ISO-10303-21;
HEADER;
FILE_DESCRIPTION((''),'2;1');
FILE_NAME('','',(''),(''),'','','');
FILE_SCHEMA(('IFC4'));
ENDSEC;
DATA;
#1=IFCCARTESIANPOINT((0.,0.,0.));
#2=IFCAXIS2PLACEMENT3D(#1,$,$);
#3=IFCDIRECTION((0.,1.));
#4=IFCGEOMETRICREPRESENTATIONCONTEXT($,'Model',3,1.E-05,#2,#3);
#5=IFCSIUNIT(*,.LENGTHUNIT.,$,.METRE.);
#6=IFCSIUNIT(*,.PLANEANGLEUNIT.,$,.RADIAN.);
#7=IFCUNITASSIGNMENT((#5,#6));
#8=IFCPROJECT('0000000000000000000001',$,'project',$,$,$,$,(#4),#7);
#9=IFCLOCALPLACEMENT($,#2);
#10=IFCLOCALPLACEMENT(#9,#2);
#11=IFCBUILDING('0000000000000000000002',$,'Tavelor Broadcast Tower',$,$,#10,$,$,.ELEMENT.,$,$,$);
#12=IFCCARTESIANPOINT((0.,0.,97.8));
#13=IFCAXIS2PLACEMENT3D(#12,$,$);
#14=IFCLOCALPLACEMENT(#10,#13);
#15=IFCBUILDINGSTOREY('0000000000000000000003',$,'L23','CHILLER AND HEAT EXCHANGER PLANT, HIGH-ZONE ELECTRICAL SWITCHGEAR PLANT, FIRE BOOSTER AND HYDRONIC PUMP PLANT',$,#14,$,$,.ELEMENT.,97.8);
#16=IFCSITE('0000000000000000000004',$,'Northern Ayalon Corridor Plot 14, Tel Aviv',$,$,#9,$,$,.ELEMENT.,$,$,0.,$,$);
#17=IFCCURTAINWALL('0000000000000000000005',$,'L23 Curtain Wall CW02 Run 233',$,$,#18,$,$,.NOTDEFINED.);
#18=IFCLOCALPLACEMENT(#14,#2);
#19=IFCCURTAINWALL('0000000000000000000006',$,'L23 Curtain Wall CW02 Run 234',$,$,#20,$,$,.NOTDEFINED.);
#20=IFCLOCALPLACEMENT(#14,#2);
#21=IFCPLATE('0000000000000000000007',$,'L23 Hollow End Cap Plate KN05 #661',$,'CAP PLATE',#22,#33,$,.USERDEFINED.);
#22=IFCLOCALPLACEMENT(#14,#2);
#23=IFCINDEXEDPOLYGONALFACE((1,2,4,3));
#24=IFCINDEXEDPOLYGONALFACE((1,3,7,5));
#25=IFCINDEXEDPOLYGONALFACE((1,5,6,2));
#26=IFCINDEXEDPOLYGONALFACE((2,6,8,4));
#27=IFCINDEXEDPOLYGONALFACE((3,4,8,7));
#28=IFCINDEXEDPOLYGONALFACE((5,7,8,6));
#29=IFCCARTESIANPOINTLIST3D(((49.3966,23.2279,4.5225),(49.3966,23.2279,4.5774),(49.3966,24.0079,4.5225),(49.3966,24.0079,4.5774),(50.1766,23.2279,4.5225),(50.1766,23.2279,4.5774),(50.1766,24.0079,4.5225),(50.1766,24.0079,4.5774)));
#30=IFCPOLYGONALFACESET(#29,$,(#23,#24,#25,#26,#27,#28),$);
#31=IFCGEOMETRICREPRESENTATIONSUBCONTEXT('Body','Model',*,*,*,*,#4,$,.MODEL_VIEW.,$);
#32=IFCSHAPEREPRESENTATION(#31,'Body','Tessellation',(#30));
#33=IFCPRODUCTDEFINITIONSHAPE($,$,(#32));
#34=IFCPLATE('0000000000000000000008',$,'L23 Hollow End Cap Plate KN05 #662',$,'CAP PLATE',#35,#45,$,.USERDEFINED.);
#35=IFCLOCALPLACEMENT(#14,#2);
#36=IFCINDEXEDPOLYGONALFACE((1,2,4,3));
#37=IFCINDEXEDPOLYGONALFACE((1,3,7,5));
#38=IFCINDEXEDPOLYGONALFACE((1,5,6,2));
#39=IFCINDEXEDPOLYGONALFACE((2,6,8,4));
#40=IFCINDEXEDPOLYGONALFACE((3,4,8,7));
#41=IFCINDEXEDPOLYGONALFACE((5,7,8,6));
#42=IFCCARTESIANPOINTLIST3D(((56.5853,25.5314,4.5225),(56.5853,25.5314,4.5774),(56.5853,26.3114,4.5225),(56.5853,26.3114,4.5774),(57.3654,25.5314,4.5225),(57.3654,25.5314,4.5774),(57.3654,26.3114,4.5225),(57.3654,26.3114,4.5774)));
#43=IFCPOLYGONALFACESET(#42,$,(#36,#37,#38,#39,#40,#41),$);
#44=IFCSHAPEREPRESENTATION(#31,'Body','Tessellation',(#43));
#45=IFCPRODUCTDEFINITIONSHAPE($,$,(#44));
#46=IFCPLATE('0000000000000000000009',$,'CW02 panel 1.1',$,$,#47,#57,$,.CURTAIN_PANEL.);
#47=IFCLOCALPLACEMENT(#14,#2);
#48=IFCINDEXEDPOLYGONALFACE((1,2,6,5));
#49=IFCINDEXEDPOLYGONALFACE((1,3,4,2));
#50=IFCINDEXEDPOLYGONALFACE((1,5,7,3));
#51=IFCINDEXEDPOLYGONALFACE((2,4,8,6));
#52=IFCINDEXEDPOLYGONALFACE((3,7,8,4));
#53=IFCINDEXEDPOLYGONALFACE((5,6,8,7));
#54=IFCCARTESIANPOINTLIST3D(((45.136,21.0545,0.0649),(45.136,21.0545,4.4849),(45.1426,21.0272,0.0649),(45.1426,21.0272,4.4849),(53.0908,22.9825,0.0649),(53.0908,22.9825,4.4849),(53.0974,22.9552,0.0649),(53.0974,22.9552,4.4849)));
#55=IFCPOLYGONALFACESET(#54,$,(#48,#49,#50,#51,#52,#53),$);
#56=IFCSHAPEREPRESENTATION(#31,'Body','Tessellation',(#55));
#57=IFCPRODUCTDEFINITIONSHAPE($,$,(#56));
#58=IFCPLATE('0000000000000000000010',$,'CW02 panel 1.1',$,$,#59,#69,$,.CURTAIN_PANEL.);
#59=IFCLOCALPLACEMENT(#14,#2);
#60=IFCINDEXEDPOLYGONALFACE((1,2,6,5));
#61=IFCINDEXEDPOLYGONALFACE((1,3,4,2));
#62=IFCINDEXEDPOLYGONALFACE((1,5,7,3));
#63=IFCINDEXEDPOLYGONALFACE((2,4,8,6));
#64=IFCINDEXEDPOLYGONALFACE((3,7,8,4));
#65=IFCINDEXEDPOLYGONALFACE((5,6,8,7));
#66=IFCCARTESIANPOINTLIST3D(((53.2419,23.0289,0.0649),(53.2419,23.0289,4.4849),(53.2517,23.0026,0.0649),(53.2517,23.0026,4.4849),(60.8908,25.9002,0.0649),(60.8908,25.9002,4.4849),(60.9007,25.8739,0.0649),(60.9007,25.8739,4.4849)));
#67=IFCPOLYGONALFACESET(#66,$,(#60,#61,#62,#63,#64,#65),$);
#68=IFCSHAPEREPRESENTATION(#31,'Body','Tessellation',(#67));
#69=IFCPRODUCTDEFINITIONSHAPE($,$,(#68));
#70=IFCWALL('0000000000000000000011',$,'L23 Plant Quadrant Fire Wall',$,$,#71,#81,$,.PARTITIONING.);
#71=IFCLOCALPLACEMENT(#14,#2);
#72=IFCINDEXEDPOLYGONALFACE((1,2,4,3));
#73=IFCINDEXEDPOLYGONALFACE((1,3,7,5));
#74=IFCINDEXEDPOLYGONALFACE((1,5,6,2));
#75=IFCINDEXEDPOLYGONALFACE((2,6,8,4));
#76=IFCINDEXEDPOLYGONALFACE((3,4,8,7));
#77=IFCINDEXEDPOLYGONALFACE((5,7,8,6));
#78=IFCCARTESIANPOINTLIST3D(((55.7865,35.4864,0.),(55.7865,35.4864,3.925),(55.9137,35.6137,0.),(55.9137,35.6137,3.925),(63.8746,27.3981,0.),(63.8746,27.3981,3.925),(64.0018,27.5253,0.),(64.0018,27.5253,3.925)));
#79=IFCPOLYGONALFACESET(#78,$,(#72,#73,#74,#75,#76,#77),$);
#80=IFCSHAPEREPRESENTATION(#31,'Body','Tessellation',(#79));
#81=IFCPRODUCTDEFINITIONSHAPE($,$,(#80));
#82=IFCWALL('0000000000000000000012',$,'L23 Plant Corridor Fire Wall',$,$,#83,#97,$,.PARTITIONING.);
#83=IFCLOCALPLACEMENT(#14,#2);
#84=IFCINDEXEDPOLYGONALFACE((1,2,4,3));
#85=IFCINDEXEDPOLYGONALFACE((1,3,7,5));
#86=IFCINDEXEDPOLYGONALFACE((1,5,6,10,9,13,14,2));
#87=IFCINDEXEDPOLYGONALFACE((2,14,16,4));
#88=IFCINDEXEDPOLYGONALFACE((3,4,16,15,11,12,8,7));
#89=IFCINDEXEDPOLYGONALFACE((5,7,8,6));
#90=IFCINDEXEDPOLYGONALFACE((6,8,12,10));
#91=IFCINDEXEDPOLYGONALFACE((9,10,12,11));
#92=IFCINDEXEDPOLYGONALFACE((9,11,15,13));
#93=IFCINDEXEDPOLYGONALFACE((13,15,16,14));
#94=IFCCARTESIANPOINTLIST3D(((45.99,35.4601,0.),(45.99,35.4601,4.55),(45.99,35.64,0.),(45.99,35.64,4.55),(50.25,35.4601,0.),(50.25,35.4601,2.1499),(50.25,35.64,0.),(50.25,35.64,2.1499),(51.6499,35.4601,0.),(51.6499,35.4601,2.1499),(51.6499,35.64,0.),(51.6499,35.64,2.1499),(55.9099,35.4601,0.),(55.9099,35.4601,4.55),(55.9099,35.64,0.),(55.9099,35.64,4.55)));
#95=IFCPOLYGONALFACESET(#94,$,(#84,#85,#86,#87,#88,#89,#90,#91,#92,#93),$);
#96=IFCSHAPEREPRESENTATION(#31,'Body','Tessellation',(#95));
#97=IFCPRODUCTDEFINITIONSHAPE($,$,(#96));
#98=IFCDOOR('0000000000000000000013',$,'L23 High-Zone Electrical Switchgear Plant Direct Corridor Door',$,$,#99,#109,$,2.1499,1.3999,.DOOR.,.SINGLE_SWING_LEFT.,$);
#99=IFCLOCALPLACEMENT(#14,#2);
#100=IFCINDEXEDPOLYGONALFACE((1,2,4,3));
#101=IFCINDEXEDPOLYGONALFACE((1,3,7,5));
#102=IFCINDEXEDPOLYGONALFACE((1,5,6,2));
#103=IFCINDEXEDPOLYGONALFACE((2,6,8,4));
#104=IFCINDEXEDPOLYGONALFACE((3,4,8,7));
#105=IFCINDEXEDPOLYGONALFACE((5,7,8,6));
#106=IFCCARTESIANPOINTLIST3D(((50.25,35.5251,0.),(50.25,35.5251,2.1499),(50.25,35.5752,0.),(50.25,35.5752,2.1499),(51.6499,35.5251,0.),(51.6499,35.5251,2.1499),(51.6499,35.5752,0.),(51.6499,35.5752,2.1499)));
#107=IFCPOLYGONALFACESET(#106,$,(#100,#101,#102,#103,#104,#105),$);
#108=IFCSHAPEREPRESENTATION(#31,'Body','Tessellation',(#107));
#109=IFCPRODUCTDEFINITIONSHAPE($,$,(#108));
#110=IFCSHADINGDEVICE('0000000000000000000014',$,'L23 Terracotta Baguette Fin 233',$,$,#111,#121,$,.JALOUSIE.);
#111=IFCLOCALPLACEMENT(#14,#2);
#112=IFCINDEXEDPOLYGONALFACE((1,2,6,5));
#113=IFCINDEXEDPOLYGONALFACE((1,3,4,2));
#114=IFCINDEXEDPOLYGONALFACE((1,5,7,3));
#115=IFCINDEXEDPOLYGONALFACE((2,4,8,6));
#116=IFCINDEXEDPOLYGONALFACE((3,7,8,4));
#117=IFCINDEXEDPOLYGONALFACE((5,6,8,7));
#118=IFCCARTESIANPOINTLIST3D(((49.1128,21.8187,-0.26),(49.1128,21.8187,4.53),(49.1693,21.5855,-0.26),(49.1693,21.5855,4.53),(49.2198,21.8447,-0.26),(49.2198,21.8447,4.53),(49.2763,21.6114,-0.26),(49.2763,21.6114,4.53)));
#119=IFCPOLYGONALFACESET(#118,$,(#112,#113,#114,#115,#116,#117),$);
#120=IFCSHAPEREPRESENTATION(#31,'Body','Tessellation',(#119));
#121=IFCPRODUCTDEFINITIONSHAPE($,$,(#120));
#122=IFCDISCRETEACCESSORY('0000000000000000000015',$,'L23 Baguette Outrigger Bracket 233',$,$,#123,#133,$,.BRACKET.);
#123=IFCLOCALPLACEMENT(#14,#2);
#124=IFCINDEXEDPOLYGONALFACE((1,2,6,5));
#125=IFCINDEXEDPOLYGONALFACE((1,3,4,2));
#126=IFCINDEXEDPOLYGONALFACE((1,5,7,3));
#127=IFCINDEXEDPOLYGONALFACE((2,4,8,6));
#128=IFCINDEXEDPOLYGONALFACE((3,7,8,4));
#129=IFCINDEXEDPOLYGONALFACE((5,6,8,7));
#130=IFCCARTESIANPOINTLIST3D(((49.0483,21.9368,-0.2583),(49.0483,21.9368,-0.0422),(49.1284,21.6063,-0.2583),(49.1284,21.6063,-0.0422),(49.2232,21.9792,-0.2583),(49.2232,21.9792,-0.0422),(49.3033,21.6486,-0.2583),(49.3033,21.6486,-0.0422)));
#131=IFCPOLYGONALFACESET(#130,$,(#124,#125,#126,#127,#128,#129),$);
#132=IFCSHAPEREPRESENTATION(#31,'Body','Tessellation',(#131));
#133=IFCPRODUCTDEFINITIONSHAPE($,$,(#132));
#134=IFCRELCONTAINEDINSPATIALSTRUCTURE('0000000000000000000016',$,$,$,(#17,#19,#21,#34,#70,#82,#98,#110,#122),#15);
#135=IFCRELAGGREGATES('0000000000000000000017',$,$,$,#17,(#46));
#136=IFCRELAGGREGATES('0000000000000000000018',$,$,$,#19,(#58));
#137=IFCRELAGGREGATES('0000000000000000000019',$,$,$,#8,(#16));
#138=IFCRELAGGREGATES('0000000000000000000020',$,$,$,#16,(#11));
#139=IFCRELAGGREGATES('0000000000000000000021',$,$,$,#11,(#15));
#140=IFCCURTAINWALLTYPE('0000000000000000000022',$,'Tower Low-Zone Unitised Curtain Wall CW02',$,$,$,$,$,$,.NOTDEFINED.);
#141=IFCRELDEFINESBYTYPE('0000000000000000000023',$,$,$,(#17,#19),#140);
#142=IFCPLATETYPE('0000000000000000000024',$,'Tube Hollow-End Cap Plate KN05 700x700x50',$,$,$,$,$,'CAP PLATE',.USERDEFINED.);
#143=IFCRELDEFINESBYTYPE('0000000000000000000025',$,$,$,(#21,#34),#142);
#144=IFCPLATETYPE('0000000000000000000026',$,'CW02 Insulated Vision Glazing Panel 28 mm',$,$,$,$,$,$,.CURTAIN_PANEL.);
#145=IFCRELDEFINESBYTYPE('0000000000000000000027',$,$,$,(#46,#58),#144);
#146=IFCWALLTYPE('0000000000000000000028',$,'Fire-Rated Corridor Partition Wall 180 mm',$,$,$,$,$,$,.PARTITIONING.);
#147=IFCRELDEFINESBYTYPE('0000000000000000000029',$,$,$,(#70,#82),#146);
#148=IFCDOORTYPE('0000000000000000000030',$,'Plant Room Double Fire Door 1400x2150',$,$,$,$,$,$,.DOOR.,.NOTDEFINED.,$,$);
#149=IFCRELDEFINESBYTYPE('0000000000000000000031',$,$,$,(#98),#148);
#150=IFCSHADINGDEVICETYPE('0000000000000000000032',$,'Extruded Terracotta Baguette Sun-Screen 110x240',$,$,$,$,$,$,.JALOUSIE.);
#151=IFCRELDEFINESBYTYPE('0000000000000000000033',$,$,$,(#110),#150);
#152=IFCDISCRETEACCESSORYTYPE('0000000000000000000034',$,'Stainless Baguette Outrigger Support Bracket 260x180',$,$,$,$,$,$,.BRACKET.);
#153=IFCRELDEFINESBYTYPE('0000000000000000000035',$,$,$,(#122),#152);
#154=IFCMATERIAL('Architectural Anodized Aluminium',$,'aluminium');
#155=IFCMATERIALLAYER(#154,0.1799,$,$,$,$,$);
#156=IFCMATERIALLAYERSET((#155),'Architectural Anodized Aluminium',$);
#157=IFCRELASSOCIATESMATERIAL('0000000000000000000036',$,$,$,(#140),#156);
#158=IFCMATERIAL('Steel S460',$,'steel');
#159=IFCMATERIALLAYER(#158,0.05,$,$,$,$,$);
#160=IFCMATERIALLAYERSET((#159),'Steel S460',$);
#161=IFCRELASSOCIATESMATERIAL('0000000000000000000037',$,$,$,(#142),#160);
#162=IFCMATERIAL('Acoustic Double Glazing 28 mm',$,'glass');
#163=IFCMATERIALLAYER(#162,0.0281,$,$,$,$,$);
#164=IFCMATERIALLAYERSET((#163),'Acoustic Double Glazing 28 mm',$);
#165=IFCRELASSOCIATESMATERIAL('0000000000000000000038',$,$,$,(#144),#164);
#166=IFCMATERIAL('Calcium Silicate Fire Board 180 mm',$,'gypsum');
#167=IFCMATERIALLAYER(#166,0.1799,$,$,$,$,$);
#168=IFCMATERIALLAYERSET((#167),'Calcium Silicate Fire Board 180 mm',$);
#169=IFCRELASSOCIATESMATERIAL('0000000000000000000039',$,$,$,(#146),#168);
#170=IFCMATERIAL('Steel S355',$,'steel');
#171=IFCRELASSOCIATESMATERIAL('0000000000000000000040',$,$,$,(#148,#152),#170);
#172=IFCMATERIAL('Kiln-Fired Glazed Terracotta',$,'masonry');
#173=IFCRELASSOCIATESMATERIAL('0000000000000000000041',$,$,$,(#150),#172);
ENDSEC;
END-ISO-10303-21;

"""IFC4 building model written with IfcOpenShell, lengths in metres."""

from ifc_helpers import new_model, si_unit, direction, frame, frame_2d, origin, origin_2d, place, context, subcontext, project, spatial, rectangle, extrude, source, transform, mapped, material, layer, layer_set, type_object, type_shapes, element, fill, aggregate, save


model = new_model("IFC4")

# Units and contexts
model_context = context("Model", 3, precision=1e-05, world=origin(), true_north=direction((0.0, 1.0)))
body_context = subcontext(model_context, "Body", "Model", "MODEL_VIEW")
ifc_project = project(units=[si_unit("LENGTHUNIT", "METRE"), si_unit("PLANEANGLEUNIT", "RADIAN")], contexts=[model_context])

# Site, building, storey
site_placement = place(None, origin())
site = spatial("IfcSite", under=ifc_project, at=site_placement, Name="Northern Ayalon Corridor Plot 14, Tel Aviv", CompositionType="ELEMENT", RefElevation=0.0)
building_placement = place(site_placement, origin())
building = spatial("IfcBuilding", under=site, at=building_placement, Name="Tavelor Broadcast Tower", CompositionType="ELEMENT")
storey_placement = place(building_placement, frame((0.0, 0.0, 97.8)))
storey = spatial("IfcBuildingStorey", under=building, at=storey_placement, Name="L23", Description="CHILLER AND HEAT EXCHANGER PLANT, HIGH-ZONE ELECTRICAL SWITCHGEAR PLANT, FIRE BOOSTER AND HYDRONIC PUMP PLANT", CompositionType="ELEMENT", Elevation=97.8)

# Shared definitions
ifc_material_1 = material(Name="Steel S460", Category="steel")

# Shared definitions
ifc_material_2 = material(Name="Steel S355", Category="steel")

# Curtain wall
ifc_material_3 = material(Name="Architectural Anodized Aluminium", Category="aluminium")
ifc_layer_1 = layer(ifc_material_3, 0.1799)
ifc_layer_set_1 = layer_set([ifc_layer_1], Name="Architectural Anodized Aluminium")
curtain_wall_type = type_object("IfcCurtainWallType", Name="Tower Low-Zone Unitised Curtain Wall CW02", PredefinedType="NOTDEFINED", material=ifc_layer_set_1)
curtain_wall_1_placement = place(storey_placement, origin())
curtain_wall_1 = element("IfcCurtainWall", 1, at=curtain_wall_1_placement, inside=storey, type_object=curtain_wall_type, Name="L23 Curtain Wall CW02 Run 233", PredefinedType="NOTDEFINED")

# Curtain wall
curtain_wall_2_placement = place(storey_placement, origin())
curtain_wall_2 = element("IfcCurtainWall", 2, at=curtain_wall_2_placement, inside=storey, type_object=curtain_wall_type, Name="L23 Curtain Wall CW02 Run 234", PredefinedType="NOTDEFINED")

# Plates
ifc_layer_2 = layer(ifc_material_1, 0.05)
ifc_layer_set_2 = layer_set([ifc_layer_2], Name="Steel S460")
plate_type_1 = type_object("IfcPlateType", Name="Tube Hollow-End Cap Plate KN05 700x700x50", ElementType="CAP PLATE", PredefinedType="USERDEFINED", material=ifc_layer_set_2)
shared_shape_1 = source(origin(), body_context, "Body", "SweptSolid", [
    extrude(rectangle(XDim=0.78, YDim=0.78, at=origin_2d()), origin(), (0.0, 0.0, 1.0), 0.0549),
])
type_shapes(plate_type_1, [shared_shape_1])
for number, where, z_axis, x_axis, name in (
    (3, (49.7866, 23.6179, 4.5225), (0.0, 0.0, 1.0), (1.0, 0.0, 0.0), "L23 Hollow End Cap Plate KN05 #661"),
    (4, (56.9753, 25.9214, 4.5225), (0.0, 0.0, 1.0), (1.0, 0.0, 0.0), "L23 Hollow End Cap Plate KN05 #662"),
):
    element("IfcPlate", number, at=place(storey_placement, frame(where, z_axis=z_axis, x_axis=x_axis)), inside=storey, type_object=plate_type_1, Name=name, ObjectType="CAP PLATE", PredefinedType="USERDEFINED", context=body_context, shape_type="MappedRepresentation", body=[
        mapped(shared_shape_1, transform((0.0, 0.0, 0.0), scale=1.0)),
    ])

# Plates
ifc_material_4 = material(Name="Acoustic Double Glazing 28 mm", Category="glass")
ifc_layer_3 = layer(ifc_material_4, 0.0281)
ifc_layer_set_3 = layer_set([ifc_layer_3], Name="Acoustic Double Glazing 28 mm")
plate_type_2 = type_object("IfcPlateType", Name="CW02 Insulated Vision Glazing Panel 28 mm", PredefinedType="CURTAIN_PANEL", material=ifc_layer_set_3)
shared_shape_2 = source(origin(), body_context, "Body", "SweptSolid", [
    extrude(rectangle(XDim=8.1851, YDim=0.0281, at=origin_2d()), origin(), (0.0, 0.0, 1.0), 4.4199),
])
plate_1_placement = place(storey_placement, frame((49.1167, 22.0049, 0.0649), z_axis=(0.0, 0.0, 1.0), x_axis=(0.971862, 0.235551, 0.0)))
plate_1 = element("IfcPlate", 5, at=plate_1_placement, type_object=plate_type_2, Name="CW02 panel 1.1", PredefinedType="CURTAIN_PANEL", context=body_context, shape_type="MappedRepresentation", body=[
    mapped(shared_shape_2, transform((0.0, 0.0, 0.0), scale=1.0)),
])
aggregate(curtain_wall_1, [plate_1])
shared_shape_3 = source(origin(), body_context, "Body", "SweptSolid", [
    extrude(rectangle(XDim=8.1702, YDim=0.0281, at=origin_2d()), origin(), (0.0, 0.0, 1.0), 4.4199),
])
type_shapes(plate_type_2, [shared_shape_2, shared_shape_3])
plate_2_placement = place(storey_placement, frame((57.0713, 24.4514, 0.0649), z_axis=(0.0, 0.0, 1.0), x_axis=(0.936209, 0.351443, 0.0)))
plate_2 = element("IfcPlate", 6, at=plate_2_placement, type_object=plate_type_2, Name="CW02 panel 1.1", PredefinedType="CURTAIN_PANEL", context=body_context, shape_type="MappedRepresentation", body=[
    mapped(shared_shape_3, transform((0.0, 0.0, 0.0), scale=1.0)),
])
aggregate(curtain_wall_2, [plate_2])

# Wall
ifc_material_5 = material(Name="Calcium Silicate Fire Board 180 mm", Category="gypsum")
ifc_layer_4 = layer(ifc_material_5, 0.1799)
ifc_layer_set_4 = layer_set([ifc_layer_4], Name="Calcium Silicate Fire Board 180 mm")
wall_type = type_object("IfcWallType", Name="Fire-Rated Corridor Partition Wall 180 mm", PredefinedType="PARTITIONING", material=ifc_layer_set_4)
wall_1_placement = place(storey_placement, frame((55.8501, 35.55, 0.0), z_axis=(0.0, 0.0, 1.0), x_axis=(0.707096, -0.707117, 0.0)))
element("IfcWall", 7, at=wall_1_placement, inside=storey, type_object=wall_type, Name="L23 Plant Quadrant Fire Wall", PredefinedType="PARTITIONING", context=body_context, shape_type="SweptSolid", body=[
    extrude(rectangle(XDim=11.4385, YDim=0.1799, at=frame_2d((5.7192, 0.0))), origin(), (0.0, 0.0, 1.0), 3.925),
])

# Wall, opening, door
wall_2_placement = place(storey_placement, frame((55.9099, 35.55, 0.0), z_axis=(0.0, 0.0, 1.0), x_axis=(-1.0, 0.0, 0.0)))
wall_2 = element("IfcWall", 8, at=wall_2_placement, inside=storey, type_object=wall_type, Name="L23 Plant Corridor Fire Wall", PredefinedType="PARTITIONING", context=body_context, shape_type="SweptSolid", body=[
    extrude(rectangle(XDim=9.9199, YDim=0.1799, at=frame_2d((4.96, 0.0))), origin(), (0.0, 0.0, 1.0), 4.55),
])
opening_placement = place(wall_2_placement, frame((4.26, 0.0, 0.0)))
opening = element("IfcOpeningElement", 9, at=opening_placement, cuts=wall_2, PredefinedType="OPENING", context=body_context, shape_type="SweptSolid", body=[
    extrude(rectangle(XDim=1.3999, YDim=2.1499, at=frame_2d((0.7, 1.075))), frame((0.0, 0.1001, 0.0), z_axis=(0.0, -1.0, 0.0), x_axis=(1.0, 0.0, 0.0)), (0.0, 0.0, 1.0), 0.2),
])
door_type = type_object("IfcDoorType", Name="Plant Room Double Fire Door 1400x2150", OperationType="NOTDEFINED", PredefinedType="DOOR", material=ifc_material_2)
door_placement = place(opening_placement, origin())
door = element("IfcDoor", 10, at=door_placement, inside=storey, type_object=door_type, Name="L23 High-Zone Electrical Switchgear Plant Direct Corridor Door", OperationType="SINGLE_SWING_LEFT", OverallHeight=2.1499, OverallWidth=1.3999, PredefinedType="DOOR", context=body_context, shape_type="SweptSolid", body=[
    extrude(rectangle(XDim=1.3999, YDim=2.1499, at=frame_2d((0.7, 1.075))), frame((0.0, 0.0249, 0.0), z_axis=(0.0, -1.0, 0.0), x_axis=(1.0, 0.0, 0.0)), (0.0, 0.0, 1.0), 0.05),
])
fill(opening, door)

# Shading device
ifc_material_6 = material(Name="Kiln-Fired Glazed Terracotta", Category="masonry")
shading_device_type = type_object("IfcShadingDeviceType", Name="Extruded Terracotta Baguette Sun-Screen 110x240", PredefinedType="JALOUSIE", material=ifc_material_6)
shared_shape_4 = source(origin(), body_context, "Body", "SweptSolid", [
    extrude(rectangle(XDim=0.1101, YDim=0.24, at=origin_2d()), origin(), (0.0, 0.0, 1.0), 4.79),
])
type_shapes(shading_device_type, [shared_shape_4])
shading_device_placement = place(storey_placement, frame((49.1946, 21.7151, -0.26), z_axis=(0.0, 0.0, 1.0), x_axis=(0.971879, 0.235481, 0.0)))
element("IfcShadingDevice", 11, at=shading_device_placement, inside=storey, type_object=shading_device_type, Name="L23 Terracotta Baguette Fin 233", PredefinedType="JALOUSIE", context=body_context, shape_type="MappedRepresentation", body=[
    mapped(shared_shape_4, transform((0.0, 0.0, 0.0), scale=1.0)),
])

# Discrete accessory
discrete_accessory_type = type_object("IfcDiscreteAccessoryType", Name="Stainless Baguette Outrigger Support Bracket 260x180", PredefinedType="BRACKET", material=ifc_material_2)
shared_shape_5 = source(origin(), body_context, "Body", "SweptSolid", [
    extrude(rectangle(XDim=0.1799, YDim=0.3401, at=origin_2d()), origin(), (0.0, 0.0, 1.0), 0.2161),
])
type_shapes(discrete_accessory_type, [shared_shape_5])
discrete_accessory_placement = place(storey_placement, frame((49.1758, 21.7927, -0.2583), z_axis=(0.0, 0.0, 1.0), x_axis=(0.971879, 0.235481, 0.0)))
element("IfcDiscreteAccessory", 12, at=discrete_accessory_placement, inside=storey, type_object=discrete_accessory_type, Name="L23 Baguette Outrigger Bracket 233", PredefinedType="BRACKET", context=body_context, shape_type="MappedRepresentation", body=[
    mapped(shared_shape_5, transform((0.0, 0.0, 0.0), scale=1.0)),
])

save(model, "model.ifc")
